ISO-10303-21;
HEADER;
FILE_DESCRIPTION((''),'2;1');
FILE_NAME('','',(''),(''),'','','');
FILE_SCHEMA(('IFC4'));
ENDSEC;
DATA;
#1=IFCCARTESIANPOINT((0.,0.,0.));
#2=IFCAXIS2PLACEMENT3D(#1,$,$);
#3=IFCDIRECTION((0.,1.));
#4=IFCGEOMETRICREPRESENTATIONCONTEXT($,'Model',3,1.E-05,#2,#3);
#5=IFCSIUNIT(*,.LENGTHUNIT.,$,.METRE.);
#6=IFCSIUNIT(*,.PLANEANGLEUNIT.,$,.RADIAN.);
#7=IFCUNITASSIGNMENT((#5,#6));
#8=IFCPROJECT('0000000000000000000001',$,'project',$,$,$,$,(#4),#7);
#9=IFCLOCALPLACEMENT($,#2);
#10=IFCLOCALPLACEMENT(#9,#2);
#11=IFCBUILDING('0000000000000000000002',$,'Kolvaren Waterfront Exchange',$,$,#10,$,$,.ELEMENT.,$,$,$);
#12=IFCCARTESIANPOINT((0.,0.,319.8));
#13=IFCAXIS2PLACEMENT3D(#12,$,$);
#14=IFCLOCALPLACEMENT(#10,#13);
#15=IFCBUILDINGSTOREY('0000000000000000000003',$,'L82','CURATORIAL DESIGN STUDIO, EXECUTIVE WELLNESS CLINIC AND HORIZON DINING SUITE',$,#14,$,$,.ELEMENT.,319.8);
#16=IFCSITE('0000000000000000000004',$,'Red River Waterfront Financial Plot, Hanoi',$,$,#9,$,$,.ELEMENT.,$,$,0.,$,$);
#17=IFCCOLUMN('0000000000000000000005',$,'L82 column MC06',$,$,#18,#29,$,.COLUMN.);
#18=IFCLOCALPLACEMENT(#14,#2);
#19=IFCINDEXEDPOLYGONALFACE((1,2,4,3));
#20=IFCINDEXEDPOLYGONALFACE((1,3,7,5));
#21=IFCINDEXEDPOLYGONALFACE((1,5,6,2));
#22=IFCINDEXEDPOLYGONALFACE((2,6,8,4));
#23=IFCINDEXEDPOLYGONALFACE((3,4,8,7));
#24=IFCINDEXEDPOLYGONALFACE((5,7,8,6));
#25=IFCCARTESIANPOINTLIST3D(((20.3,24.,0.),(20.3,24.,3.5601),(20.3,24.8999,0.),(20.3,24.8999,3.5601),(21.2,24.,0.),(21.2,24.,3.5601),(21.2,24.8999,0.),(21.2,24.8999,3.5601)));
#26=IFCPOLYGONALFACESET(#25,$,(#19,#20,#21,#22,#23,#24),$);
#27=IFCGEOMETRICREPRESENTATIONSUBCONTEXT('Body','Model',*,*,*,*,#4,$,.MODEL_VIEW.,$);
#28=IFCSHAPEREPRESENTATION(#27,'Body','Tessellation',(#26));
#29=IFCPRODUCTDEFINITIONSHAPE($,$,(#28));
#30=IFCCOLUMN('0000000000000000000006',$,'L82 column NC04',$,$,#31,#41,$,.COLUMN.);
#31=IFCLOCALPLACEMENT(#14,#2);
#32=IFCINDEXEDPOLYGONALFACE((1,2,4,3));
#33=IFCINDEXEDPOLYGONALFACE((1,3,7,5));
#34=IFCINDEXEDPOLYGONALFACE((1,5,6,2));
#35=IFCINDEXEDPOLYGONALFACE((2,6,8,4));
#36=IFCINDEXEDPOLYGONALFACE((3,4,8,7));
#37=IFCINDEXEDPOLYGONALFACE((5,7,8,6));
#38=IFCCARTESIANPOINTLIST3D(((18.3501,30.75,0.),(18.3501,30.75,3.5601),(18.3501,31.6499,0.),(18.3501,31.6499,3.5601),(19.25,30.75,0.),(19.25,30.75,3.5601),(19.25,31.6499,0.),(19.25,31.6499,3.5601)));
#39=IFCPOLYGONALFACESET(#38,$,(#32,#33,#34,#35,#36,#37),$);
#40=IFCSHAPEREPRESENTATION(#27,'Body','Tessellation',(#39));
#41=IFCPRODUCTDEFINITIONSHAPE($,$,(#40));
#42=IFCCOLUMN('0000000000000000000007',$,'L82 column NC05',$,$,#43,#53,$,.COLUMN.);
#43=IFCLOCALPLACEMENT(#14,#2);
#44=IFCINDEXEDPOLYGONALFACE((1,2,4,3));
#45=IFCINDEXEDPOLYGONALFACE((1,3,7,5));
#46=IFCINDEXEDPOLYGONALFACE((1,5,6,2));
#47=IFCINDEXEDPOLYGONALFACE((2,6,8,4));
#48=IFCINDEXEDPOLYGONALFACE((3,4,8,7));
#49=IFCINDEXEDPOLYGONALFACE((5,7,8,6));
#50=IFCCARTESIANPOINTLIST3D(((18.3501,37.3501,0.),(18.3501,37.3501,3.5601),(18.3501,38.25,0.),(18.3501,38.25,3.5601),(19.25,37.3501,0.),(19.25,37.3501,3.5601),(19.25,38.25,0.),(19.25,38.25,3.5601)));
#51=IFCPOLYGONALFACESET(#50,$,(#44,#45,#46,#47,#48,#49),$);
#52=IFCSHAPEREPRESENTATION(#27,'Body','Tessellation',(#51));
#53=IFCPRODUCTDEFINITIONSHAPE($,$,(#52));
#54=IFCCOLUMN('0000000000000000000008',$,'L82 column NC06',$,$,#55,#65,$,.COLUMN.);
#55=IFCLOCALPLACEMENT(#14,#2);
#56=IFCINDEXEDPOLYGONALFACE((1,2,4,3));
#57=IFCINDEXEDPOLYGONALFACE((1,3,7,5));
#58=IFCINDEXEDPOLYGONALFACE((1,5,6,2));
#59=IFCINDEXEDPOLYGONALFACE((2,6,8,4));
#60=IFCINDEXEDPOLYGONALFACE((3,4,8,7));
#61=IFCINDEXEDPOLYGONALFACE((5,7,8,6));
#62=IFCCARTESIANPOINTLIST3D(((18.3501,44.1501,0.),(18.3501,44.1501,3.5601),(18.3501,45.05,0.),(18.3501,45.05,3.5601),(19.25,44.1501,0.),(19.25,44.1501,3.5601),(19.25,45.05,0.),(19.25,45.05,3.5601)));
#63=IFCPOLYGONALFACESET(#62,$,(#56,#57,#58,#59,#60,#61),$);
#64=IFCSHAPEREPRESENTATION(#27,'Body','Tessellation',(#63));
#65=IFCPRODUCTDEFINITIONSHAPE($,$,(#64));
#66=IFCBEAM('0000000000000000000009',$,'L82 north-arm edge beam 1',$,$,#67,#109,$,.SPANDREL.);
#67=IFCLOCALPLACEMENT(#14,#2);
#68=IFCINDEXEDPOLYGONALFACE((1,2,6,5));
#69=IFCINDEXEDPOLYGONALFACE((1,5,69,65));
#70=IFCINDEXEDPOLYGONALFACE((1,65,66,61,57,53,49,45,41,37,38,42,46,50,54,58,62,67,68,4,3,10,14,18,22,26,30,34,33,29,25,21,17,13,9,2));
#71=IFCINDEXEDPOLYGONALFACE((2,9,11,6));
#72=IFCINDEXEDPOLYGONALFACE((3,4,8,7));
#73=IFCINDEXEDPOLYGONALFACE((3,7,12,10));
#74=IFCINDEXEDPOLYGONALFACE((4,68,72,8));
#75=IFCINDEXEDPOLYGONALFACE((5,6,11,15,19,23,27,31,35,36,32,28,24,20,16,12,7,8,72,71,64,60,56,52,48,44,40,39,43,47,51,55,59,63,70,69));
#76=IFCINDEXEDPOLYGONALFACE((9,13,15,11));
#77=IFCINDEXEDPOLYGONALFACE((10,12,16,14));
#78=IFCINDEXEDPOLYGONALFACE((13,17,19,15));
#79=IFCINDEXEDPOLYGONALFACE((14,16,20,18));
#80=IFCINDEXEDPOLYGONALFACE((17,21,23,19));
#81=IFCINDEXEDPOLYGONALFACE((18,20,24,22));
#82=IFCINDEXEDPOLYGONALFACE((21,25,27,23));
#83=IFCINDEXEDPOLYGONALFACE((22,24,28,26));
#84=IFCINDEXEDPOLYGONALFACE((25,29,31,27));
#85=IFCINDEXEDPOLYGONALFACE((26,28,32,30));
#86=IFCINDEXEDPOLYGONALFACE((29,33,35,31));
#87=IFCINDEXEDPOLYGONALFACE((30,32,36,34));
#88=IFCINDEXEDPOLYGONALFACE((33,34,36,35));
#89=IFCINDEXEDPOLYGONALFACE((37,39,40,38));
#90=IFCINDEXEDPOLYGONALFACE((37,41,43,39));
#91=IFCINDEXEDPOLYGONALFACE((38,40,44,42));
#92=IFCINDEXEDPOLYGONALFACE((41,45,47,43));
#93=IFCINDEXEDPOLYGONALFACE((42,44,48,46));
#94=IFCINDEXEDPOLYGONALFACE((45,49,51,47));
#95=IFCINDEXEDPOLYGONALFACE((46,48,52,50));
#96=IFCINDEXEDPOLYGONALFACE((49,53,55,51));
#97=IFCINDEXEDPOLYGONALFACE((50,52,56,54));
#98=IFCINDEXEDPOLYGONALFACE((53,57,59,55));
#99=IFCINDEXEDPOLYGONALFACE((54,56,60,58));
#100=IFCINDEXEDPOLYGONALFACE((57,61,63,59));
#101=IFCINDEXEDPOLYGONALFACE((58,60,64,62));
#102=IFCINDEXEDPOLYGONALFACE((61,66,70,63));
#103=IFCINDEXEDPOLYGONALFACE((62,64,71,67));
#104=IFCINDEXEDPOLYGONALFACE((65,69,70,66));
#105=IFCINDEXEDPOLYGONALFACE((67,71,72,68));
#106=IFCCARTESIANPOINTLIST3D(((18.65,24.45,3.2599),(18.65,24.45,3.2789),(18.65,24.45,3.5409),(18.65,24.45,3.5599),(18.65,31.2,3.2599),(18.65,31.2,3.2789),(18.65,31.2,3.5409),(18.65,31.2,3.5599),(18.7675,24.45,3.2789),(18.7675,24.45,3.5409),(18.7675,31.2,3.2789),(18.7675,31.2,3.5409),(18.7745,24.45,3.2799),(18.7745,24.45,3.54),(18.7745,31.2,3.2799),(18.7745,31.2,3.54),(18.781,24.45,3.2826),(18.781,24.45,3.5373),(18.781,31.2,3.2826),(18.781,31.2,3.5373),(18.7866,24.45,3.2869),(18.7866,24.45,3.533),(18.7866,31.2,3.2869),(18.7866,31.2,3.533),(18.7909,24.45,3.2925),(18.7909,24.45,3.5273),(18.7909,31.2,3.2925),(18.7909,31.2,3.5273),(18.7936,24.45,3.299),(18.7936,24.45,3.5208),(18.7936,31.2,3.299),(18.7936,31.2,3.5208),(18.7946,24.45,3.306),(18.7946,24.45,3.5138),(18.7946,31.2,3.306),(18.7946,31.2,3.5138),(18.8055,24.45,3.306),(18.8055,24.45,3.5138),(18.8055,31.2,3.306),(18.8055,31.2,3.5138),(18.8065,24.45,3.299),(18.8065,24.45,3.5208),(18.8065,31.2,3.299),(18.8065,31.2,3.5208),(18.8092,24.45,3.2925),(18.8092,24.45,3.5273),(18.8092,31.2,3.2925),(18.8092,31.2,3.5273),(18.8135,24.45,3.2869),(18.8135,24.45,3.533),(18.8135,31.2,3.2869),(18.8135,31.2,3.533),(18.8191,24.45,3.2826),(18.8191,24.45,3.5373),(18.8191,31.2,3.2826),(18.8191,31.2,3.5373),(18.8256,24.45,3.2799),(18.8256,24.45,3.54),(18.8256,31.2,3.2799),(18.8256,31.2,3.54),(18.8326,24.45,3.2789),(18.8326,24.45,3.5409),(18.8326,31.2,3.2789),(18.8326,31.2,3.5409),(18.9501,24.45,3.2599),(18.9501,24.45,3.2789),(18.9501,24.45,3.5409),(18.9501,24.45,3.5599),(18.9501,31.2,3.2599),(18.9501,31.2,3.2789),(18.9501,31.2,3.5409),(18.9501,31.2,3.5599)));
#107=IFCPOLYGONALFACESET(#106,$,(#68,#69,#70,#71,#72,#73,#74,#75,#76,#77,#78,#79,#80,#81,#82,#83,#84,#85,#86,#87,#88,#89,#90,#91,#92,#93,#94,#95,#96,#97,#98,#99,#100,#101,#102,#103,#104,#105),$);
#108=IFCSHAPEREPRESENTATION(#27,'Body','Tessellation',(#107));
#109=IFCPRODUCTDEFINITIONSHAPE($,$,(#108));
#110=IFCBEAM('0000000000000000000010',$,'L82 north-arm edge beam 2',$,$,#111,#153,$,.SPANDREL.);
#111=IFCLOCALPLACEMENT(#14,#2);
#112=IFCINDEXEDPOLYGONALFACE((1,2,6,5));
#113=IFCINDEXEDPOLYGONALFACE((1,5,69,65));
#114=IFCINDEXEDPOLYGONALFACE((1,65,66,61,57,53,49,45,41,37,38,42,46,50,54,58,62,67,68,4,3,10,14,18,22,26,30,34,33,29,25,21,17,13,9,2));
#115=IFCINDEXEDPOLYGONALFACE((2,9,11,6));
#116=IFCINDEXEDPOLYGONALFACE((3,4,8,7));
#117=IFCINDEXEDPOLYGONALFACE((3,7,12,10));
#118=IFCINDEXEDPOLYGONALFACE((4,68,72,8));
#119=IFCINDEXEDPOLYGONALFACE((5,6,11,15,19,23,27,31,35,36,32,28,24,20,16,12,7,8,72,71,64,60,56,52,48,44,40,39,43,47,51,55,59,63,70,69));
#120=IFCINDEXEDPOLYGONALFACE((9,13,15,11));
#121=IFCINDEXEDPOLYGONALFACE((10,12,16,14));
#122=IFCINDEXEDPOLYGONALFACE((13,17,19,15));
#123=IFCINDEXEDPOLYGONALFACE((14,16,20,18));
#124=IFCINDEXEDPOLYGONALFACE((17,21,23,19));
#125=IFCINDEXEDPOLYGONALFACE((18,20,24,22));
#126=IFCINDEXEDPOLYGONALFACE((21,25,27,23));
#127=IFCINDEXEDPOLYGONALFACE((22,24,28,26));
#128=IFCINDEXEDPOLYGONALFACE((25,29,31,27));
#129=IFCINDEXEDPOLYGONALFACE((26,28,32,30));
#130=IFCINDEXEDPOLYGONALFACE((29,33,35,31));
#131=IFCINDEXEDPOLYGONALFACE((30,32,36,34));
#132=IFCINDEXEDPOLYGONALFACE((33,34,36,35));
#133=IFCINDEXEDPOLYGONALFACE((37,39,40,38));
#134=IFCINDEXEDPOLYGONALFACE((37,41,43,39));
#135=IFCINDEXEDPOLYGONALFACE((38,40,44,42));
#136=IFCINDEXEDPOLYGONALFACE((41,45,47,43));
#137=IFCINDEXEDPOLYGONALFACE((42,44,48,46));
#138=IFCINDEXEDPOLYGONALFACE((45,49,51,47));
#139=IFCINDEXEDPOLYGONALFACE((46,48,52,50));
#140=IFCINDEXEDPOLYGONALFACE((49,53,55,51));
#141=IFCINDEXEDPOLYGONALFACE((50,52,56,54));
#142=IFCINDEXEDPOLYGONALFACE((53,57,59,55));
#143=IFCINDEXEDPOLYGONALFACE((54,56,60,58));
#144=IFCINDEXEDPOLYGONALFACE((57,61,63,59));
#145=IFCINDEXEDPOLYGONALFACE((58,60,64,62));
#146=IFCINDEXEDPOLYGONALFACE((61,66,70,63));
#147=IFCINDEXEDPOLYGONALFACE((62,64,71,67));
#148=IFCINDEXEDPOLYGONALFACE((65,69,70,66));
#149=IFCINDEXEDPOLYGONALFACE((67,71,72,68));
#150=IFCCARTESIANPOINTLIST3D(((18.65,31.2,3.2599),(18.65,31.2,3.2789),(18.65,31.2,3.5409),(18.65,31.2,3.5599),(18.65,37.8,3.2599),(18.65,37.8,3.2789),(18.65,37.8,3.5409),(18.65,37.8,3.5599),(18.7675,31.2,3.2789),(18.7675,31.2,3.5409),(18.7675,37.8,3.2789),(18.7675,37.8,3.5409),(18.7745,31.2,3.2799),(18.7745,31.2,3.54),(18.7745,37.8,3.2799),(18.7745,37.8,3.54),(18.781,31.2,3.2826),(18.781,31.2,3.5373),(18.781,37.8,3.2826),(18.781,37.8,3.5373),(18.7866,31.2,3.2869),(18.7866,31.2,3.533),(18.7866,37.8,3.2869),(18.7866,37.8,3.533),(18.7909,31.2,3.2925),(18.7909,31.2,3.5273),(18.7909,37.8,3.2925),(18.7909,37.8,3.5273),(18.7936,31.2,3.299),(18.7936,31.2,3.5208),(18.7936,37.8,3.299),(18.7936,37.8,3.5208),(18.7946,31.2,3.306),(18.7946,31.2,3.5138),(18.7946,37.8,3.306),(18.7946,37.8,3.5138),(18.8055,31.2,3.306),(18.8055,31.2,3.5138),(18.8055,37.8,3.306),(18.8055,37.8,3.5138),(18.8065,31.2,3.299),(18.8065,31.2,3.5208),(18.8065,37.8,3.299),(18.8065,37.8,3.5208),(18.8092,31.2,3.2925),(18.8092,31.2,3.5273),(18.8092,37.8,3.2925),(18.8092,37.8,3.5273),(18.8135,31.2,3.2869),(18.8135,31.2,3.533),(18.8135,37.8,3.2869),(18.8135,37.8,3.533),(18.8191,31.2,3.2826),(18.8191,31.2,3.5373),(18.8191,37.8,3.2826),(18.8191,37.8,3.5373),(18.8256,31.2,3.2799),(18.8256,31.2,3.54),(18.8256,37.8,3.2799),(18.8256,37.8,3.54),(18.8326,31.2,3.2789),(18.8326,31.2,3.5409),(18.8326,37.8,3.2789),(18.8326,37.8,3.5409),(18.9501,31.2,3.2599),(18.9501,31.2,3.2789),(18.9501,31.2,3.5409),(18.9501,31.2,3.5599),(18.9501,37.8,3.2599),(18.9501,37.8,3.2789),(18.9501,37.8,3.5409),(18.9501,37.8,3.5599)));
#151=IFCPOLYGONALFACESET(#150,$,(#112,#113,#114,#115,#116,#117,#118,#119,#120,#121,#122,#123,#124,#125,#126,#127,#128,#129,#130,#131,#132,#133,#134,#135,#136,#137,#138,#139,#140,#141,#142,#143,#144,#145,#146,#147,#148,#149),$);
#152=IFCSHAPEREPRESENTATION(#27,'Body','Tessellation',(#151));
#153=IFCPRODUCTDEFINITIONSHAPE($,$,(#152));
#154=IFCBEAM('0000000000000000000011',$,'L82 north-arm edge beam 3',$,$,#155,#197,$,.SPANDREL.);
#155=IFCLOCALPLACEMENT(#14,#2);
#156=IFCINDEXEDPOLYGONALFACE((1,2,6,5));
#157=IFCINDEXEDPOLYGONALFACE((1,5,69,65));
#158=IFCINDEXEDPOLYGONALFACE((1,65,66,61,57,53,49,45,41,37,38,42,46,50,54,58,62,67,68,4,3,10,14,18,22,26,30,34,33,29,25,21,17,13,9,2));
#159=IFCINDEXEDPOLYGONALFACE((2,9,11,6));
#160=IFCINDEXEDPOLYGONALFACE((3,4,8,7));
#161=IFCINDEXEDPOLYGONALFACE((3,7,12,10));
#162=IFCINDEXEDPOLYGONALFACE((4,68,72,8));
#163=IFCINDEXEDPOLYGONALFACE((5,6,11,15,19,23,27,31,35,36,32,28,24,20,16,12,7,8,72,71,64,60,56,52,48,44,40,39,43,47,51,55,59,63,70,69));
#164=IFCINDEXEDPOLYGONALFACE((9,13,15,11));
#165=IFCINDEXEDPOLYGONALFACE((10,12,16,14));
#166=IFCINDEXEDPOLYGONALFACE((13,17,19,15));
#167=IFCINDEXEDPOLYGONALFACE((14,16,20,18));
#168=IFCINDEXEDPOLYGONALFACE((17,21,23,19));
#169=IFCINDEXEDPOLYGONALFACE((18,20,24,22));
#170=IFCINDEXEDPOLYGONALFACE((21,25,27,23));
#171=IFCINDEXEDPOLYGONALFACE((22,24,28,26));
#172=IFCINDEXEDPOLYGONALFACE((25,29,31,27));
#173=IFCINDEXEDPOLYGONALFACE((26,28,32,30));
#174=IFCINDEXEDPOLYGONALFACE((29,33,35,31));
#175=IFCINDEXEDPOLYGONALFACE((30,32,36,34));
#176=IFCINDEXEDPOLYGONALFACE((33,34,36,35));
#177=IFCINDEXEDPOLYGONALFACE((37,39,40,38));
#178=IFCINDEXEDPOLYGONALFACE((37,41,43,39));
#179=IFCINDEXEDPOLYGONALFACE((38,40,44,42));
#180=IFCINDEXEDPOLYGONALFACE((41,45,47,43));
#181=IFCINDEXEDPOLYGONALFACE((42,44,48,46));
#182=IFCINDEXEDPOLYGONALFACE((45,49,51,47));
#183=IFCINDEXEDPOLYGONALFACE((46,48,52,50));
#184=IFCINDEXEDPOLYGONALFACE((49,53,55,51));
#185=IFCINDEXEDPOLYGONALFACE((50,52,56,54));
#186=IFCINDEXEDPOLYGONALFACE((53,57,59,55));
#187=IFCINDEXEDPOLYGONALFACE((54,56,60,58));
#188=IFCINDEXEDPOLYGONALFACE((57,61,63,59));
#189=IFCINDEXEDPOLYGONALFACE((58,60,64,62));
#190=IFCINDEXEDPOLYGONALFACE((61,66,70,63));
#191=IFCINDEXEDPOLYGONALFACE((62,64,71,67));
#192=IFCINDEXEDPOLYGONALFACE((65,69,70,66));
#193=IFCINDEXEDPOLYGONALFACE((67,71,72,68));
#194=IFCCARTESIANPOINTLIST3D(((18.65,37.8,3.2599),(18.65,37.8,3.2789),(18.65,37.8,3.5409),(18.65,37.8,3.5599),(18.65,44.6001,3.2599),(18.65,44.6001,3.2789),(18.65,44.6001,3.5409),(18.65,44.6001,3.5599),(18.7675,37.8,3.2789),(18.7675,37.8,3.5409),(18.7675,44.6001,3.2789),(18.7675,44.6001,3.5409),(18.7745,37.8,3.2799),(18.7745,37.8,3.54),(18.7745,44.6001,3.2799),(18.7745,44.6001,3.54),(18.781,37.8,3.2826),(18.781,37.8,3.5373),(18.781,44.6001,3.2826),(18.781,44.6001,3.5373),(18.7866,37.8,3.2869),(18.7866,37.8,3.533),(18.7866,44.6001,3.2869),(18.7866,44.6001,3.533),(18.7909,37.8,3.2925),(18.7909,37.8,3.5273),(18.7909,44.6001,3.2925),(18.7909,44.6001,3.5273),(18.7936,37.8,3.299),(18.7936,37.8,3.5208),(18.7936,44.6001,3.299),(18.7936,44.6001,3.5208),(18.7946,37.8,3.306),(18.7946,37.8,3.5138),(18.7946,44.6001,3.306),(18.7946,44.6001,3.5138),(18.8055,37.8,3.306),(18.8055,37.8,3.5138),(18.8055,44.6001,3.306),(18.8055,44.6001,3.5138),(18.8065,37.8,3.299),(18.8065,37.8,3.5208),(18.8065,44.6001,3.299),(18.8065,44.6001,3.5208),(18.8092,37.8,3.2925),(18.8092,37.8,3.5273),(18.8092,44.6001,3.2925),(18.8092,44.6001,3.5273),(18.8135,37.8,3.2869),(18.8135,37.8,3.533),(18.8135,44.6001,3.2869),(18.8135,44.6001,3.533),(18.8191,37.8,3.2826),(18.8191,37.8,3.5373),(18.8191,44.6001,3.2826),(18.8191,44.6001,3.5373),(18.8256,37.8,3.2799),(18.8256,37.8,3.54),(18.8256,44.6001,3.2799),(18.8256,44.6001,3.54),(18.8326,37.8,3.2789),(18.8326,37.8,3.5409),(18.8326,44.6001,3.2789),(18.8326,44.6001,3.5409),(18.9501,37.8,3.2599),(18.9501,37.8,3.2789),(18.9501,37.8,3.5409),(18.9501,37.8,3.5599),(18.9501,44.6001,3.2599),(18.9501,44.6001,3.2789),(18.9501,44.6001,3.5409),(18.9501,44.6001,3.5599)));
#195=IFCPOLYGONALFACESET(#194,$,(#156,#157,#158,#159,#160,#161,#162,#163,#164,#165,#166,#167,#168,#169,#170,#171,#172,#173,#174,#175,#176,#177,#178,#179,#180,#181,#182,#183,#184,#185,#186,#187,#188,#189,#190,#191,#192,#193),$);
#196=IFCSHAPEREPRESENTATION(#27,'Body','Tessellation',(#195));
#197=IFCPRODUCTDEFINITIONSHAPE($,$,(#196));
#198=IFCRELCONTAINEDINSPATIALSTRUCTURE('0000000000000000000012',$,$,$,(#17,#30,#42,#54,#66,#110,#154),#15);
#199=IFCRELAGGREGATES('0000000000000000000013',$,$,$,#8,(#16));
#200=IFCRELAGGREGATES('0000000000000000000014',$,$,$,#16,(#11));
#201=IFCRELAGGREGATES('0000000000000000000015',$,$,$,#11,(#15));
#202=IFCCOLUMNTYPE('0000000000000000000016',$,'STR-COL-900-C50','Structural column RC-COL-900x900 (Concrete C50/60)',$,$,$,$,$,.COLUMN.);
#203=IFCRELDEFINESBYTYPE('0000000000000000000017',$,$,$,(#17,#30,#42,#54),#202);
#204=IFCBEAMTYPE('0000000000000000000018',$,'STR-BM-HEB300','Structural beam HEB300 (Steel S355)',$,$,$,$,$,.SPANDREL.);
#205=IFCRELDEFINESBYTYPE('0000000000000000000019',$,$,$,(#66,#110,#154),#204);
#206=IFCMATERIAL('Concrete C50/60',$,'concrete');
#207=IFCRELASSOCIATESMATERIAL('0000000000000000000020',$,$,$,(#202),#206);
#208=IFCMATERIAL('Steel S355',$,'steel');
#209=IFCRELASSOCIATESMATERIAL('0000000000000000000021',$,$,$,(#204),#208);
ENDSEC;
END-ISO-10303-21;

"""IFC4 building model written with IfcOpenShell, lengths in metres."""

from ifc_helpers import new_model, si_unit, direction, frame, origin, origin_2d, place, context, subcontext, project, spatial, rectangle, i_section, extrude, material, material_profile, profile_set, type_object, element, save


model = new_model("IFC4")

# Units and contexts
model_context = context("Model", 3, precision=1e-05, world=origin(), true_north=direction((0.0, 1.0)))
body_context = subcontext(model_context, "Body", "Model", "MODEL_VIEW")
ifc_project = project(units=[si_unit("LENGTHUNIT", "METRE"), si_unit("PLANEANGLEUNIT", "RADIAN")], contexts=[model_context])

# Site, building, storey
site_placement = place(None, origin())
site = spatial("IfcSite", under=ifc_project, at=site_placement, Name="Red River Waterfront Financial Plot, Hanoi", CompositionType="ELEMENT", RefElevation=0.0)
building_placement = place(site_placement, origin())
building = spatial("IfcBuilding", under=site, at=building_placement, Name="Kolvaren Waterfront Exchange", CompositionType="ELEMENT")
storey_placement = place(building_placement, frame((0.0, 0.0, 319.8)))
storey = spatial("IfcBuildingStorey", under=building, at=storey_placement, Name="L82", Description="CURATORIAL DESIGN STUDIO, EXECUTIVE WELLNESS CLINIC AND HORIZON DINING SUITE", CompositionType="ELEMENT", Elevation=319.8)

# Columns
ifc_material_1 = material(Name="Concrete C50/60", Category="concrete")
ifc_material_profile_1 = material_profile(ifc_material_1, rectangle(XDim=0.8999, YDim=0.8999, at=origin_2d()), Name="RC-COL-900x900")
ifc_profile_set_1 = profile_set([ifc_material_profile_1], Name="Concrete C50/60")
column_type = type_object("IfcColumnType", Name="STR-COL-900-C50", Description="Structural column RC-COL-900x900 (Concrete C50/60)", PredefinedType="COLUMN", material=ifc_profile_set_1)
for number, where, z_axis, x_axis, name in (
    (1, (20.75, 24.45, 0.0), (0.0, 0.0, 1.0), (1.0, 0.0, 0.0), "L82 column MC06"),
    (2, (18.8, 31.2, 0.0), (0.0, 0.0, 1.0), (1.0, 0.0, 0.0), "L82 column NC04"),
    (3, (18.8, 37.8, 0.0), (0.0, 0.0, 1.0), (1.0, 0.0, 0.0), "L82 column NC05"),
    (4, (18.8, 44.6001, 0.0), (0.0, 0.0, 1.0), (1.0, 0.0, 0.0), "L82 column NC06"),
):
    element("IfcColumn", number, at=place(storey_placement, frame(where, z_axis=z_axis, x_axis=x_axis)), inside=storey, type_object=column_type, Name=name, PredefinedType="COLUMN", context=body_context, shape_type="SweptSolid", body=[
        extrude(rectangle(XDim=0.8999, YDim=0.8999, at=origin_2d()), origin(), (0.0, 0.0, 1.0), 3.5601),
    ])

# Beams
ifc_material_2 = material(Name="Steel S355", Category="steel")
ifc_material_profile_2 = material_profile(ifc_material_2, i_section(OverallWidth=0.3, OverallDepth=0.3, WebThickness=0.011, FlangeThickness=0.019, FilletRadius=0.0271, at=origin_2d()), Name="HEB300")
ifc_profile_set_2 = profile_set([ifc_material_profile_2], Name="Steel S355")
beam_type = type_object("IfcBeamType", Name="STR-BM-HEB300", Description="Structural beam HEB300 (Steel S355)", PredefinedType="SPANDREL", material=ifc_profile_set_2)
beam_1_placement = place(storey_placement, frame((18.8, 24.45, 3.4099), z_axis=(0.0, 1.0, 0.0), x_axis=(-1.0, 0.0, 0.0)))
element("IfcBeam", 5, at=beam_1_placement, inside=storey, type_object=beam_type, Name="L82 north-arm edge beam 1", PredefinedType="SPANDREL", context=body_context, shape_type="SweptSolid", body=[
    extrude(i_section(OverallWidth=0.3, OverallDepth=0.3, WebThickness=0.011, FlangeThickness=0.019, FilletRadius=0.0271, at=origin_2d()), origin(), (0.0, 0.0, 1.0), 6.75),
])
beam_2_placement = place(storey_placement, frame((18.8, 31.2, 3.4099), z_axis=(0.0, 1.0, 0.0), x_axis=(-1.0, 0.0, 0.0)))
element("IfcBeam", 6, at=beam_2_placement, inside=storey, type_object=beam_type, Name="L82 north-arm edge beam 2", PredefinedType="SPANDREL", context=body_context, shape_type="SweptSolid", body=[
    extrude(i_section(OverallWidth=0.3, OverallDepth=0.3, WebThickness=0.011, FlangeThickness=0.019, FilletRadius=0.0271, at=origin_2d()), origin(), (0.0, 0.0, 1.0), 6.6001),
])
beam_3_placement = place(storey_placement, frame((18.8, 37.8, 3.4099), z_axis=(0.0, 1.0, 0.0), x_axis=(-1.0, 0.0, 0.0)))
element("IfcBeam", 7, at=beam_3_placement, inside=storey, type_object=beam_type, Name="L82 north-arm edge beam 3", PredefinedType="SPANDREL", context=body_context, shape_type="SweptSolid", body=[
    extrude(i_section(OverallWidth=0.3, OverallDepth=0.3, WebThickness=0.011, FlangeThickness=0.019, FilletRadius=0.0271, at=origin_2d()), origin(), (0.0, 0.0, 1.0), 6.8),
])

save(model, "model.ifc")
